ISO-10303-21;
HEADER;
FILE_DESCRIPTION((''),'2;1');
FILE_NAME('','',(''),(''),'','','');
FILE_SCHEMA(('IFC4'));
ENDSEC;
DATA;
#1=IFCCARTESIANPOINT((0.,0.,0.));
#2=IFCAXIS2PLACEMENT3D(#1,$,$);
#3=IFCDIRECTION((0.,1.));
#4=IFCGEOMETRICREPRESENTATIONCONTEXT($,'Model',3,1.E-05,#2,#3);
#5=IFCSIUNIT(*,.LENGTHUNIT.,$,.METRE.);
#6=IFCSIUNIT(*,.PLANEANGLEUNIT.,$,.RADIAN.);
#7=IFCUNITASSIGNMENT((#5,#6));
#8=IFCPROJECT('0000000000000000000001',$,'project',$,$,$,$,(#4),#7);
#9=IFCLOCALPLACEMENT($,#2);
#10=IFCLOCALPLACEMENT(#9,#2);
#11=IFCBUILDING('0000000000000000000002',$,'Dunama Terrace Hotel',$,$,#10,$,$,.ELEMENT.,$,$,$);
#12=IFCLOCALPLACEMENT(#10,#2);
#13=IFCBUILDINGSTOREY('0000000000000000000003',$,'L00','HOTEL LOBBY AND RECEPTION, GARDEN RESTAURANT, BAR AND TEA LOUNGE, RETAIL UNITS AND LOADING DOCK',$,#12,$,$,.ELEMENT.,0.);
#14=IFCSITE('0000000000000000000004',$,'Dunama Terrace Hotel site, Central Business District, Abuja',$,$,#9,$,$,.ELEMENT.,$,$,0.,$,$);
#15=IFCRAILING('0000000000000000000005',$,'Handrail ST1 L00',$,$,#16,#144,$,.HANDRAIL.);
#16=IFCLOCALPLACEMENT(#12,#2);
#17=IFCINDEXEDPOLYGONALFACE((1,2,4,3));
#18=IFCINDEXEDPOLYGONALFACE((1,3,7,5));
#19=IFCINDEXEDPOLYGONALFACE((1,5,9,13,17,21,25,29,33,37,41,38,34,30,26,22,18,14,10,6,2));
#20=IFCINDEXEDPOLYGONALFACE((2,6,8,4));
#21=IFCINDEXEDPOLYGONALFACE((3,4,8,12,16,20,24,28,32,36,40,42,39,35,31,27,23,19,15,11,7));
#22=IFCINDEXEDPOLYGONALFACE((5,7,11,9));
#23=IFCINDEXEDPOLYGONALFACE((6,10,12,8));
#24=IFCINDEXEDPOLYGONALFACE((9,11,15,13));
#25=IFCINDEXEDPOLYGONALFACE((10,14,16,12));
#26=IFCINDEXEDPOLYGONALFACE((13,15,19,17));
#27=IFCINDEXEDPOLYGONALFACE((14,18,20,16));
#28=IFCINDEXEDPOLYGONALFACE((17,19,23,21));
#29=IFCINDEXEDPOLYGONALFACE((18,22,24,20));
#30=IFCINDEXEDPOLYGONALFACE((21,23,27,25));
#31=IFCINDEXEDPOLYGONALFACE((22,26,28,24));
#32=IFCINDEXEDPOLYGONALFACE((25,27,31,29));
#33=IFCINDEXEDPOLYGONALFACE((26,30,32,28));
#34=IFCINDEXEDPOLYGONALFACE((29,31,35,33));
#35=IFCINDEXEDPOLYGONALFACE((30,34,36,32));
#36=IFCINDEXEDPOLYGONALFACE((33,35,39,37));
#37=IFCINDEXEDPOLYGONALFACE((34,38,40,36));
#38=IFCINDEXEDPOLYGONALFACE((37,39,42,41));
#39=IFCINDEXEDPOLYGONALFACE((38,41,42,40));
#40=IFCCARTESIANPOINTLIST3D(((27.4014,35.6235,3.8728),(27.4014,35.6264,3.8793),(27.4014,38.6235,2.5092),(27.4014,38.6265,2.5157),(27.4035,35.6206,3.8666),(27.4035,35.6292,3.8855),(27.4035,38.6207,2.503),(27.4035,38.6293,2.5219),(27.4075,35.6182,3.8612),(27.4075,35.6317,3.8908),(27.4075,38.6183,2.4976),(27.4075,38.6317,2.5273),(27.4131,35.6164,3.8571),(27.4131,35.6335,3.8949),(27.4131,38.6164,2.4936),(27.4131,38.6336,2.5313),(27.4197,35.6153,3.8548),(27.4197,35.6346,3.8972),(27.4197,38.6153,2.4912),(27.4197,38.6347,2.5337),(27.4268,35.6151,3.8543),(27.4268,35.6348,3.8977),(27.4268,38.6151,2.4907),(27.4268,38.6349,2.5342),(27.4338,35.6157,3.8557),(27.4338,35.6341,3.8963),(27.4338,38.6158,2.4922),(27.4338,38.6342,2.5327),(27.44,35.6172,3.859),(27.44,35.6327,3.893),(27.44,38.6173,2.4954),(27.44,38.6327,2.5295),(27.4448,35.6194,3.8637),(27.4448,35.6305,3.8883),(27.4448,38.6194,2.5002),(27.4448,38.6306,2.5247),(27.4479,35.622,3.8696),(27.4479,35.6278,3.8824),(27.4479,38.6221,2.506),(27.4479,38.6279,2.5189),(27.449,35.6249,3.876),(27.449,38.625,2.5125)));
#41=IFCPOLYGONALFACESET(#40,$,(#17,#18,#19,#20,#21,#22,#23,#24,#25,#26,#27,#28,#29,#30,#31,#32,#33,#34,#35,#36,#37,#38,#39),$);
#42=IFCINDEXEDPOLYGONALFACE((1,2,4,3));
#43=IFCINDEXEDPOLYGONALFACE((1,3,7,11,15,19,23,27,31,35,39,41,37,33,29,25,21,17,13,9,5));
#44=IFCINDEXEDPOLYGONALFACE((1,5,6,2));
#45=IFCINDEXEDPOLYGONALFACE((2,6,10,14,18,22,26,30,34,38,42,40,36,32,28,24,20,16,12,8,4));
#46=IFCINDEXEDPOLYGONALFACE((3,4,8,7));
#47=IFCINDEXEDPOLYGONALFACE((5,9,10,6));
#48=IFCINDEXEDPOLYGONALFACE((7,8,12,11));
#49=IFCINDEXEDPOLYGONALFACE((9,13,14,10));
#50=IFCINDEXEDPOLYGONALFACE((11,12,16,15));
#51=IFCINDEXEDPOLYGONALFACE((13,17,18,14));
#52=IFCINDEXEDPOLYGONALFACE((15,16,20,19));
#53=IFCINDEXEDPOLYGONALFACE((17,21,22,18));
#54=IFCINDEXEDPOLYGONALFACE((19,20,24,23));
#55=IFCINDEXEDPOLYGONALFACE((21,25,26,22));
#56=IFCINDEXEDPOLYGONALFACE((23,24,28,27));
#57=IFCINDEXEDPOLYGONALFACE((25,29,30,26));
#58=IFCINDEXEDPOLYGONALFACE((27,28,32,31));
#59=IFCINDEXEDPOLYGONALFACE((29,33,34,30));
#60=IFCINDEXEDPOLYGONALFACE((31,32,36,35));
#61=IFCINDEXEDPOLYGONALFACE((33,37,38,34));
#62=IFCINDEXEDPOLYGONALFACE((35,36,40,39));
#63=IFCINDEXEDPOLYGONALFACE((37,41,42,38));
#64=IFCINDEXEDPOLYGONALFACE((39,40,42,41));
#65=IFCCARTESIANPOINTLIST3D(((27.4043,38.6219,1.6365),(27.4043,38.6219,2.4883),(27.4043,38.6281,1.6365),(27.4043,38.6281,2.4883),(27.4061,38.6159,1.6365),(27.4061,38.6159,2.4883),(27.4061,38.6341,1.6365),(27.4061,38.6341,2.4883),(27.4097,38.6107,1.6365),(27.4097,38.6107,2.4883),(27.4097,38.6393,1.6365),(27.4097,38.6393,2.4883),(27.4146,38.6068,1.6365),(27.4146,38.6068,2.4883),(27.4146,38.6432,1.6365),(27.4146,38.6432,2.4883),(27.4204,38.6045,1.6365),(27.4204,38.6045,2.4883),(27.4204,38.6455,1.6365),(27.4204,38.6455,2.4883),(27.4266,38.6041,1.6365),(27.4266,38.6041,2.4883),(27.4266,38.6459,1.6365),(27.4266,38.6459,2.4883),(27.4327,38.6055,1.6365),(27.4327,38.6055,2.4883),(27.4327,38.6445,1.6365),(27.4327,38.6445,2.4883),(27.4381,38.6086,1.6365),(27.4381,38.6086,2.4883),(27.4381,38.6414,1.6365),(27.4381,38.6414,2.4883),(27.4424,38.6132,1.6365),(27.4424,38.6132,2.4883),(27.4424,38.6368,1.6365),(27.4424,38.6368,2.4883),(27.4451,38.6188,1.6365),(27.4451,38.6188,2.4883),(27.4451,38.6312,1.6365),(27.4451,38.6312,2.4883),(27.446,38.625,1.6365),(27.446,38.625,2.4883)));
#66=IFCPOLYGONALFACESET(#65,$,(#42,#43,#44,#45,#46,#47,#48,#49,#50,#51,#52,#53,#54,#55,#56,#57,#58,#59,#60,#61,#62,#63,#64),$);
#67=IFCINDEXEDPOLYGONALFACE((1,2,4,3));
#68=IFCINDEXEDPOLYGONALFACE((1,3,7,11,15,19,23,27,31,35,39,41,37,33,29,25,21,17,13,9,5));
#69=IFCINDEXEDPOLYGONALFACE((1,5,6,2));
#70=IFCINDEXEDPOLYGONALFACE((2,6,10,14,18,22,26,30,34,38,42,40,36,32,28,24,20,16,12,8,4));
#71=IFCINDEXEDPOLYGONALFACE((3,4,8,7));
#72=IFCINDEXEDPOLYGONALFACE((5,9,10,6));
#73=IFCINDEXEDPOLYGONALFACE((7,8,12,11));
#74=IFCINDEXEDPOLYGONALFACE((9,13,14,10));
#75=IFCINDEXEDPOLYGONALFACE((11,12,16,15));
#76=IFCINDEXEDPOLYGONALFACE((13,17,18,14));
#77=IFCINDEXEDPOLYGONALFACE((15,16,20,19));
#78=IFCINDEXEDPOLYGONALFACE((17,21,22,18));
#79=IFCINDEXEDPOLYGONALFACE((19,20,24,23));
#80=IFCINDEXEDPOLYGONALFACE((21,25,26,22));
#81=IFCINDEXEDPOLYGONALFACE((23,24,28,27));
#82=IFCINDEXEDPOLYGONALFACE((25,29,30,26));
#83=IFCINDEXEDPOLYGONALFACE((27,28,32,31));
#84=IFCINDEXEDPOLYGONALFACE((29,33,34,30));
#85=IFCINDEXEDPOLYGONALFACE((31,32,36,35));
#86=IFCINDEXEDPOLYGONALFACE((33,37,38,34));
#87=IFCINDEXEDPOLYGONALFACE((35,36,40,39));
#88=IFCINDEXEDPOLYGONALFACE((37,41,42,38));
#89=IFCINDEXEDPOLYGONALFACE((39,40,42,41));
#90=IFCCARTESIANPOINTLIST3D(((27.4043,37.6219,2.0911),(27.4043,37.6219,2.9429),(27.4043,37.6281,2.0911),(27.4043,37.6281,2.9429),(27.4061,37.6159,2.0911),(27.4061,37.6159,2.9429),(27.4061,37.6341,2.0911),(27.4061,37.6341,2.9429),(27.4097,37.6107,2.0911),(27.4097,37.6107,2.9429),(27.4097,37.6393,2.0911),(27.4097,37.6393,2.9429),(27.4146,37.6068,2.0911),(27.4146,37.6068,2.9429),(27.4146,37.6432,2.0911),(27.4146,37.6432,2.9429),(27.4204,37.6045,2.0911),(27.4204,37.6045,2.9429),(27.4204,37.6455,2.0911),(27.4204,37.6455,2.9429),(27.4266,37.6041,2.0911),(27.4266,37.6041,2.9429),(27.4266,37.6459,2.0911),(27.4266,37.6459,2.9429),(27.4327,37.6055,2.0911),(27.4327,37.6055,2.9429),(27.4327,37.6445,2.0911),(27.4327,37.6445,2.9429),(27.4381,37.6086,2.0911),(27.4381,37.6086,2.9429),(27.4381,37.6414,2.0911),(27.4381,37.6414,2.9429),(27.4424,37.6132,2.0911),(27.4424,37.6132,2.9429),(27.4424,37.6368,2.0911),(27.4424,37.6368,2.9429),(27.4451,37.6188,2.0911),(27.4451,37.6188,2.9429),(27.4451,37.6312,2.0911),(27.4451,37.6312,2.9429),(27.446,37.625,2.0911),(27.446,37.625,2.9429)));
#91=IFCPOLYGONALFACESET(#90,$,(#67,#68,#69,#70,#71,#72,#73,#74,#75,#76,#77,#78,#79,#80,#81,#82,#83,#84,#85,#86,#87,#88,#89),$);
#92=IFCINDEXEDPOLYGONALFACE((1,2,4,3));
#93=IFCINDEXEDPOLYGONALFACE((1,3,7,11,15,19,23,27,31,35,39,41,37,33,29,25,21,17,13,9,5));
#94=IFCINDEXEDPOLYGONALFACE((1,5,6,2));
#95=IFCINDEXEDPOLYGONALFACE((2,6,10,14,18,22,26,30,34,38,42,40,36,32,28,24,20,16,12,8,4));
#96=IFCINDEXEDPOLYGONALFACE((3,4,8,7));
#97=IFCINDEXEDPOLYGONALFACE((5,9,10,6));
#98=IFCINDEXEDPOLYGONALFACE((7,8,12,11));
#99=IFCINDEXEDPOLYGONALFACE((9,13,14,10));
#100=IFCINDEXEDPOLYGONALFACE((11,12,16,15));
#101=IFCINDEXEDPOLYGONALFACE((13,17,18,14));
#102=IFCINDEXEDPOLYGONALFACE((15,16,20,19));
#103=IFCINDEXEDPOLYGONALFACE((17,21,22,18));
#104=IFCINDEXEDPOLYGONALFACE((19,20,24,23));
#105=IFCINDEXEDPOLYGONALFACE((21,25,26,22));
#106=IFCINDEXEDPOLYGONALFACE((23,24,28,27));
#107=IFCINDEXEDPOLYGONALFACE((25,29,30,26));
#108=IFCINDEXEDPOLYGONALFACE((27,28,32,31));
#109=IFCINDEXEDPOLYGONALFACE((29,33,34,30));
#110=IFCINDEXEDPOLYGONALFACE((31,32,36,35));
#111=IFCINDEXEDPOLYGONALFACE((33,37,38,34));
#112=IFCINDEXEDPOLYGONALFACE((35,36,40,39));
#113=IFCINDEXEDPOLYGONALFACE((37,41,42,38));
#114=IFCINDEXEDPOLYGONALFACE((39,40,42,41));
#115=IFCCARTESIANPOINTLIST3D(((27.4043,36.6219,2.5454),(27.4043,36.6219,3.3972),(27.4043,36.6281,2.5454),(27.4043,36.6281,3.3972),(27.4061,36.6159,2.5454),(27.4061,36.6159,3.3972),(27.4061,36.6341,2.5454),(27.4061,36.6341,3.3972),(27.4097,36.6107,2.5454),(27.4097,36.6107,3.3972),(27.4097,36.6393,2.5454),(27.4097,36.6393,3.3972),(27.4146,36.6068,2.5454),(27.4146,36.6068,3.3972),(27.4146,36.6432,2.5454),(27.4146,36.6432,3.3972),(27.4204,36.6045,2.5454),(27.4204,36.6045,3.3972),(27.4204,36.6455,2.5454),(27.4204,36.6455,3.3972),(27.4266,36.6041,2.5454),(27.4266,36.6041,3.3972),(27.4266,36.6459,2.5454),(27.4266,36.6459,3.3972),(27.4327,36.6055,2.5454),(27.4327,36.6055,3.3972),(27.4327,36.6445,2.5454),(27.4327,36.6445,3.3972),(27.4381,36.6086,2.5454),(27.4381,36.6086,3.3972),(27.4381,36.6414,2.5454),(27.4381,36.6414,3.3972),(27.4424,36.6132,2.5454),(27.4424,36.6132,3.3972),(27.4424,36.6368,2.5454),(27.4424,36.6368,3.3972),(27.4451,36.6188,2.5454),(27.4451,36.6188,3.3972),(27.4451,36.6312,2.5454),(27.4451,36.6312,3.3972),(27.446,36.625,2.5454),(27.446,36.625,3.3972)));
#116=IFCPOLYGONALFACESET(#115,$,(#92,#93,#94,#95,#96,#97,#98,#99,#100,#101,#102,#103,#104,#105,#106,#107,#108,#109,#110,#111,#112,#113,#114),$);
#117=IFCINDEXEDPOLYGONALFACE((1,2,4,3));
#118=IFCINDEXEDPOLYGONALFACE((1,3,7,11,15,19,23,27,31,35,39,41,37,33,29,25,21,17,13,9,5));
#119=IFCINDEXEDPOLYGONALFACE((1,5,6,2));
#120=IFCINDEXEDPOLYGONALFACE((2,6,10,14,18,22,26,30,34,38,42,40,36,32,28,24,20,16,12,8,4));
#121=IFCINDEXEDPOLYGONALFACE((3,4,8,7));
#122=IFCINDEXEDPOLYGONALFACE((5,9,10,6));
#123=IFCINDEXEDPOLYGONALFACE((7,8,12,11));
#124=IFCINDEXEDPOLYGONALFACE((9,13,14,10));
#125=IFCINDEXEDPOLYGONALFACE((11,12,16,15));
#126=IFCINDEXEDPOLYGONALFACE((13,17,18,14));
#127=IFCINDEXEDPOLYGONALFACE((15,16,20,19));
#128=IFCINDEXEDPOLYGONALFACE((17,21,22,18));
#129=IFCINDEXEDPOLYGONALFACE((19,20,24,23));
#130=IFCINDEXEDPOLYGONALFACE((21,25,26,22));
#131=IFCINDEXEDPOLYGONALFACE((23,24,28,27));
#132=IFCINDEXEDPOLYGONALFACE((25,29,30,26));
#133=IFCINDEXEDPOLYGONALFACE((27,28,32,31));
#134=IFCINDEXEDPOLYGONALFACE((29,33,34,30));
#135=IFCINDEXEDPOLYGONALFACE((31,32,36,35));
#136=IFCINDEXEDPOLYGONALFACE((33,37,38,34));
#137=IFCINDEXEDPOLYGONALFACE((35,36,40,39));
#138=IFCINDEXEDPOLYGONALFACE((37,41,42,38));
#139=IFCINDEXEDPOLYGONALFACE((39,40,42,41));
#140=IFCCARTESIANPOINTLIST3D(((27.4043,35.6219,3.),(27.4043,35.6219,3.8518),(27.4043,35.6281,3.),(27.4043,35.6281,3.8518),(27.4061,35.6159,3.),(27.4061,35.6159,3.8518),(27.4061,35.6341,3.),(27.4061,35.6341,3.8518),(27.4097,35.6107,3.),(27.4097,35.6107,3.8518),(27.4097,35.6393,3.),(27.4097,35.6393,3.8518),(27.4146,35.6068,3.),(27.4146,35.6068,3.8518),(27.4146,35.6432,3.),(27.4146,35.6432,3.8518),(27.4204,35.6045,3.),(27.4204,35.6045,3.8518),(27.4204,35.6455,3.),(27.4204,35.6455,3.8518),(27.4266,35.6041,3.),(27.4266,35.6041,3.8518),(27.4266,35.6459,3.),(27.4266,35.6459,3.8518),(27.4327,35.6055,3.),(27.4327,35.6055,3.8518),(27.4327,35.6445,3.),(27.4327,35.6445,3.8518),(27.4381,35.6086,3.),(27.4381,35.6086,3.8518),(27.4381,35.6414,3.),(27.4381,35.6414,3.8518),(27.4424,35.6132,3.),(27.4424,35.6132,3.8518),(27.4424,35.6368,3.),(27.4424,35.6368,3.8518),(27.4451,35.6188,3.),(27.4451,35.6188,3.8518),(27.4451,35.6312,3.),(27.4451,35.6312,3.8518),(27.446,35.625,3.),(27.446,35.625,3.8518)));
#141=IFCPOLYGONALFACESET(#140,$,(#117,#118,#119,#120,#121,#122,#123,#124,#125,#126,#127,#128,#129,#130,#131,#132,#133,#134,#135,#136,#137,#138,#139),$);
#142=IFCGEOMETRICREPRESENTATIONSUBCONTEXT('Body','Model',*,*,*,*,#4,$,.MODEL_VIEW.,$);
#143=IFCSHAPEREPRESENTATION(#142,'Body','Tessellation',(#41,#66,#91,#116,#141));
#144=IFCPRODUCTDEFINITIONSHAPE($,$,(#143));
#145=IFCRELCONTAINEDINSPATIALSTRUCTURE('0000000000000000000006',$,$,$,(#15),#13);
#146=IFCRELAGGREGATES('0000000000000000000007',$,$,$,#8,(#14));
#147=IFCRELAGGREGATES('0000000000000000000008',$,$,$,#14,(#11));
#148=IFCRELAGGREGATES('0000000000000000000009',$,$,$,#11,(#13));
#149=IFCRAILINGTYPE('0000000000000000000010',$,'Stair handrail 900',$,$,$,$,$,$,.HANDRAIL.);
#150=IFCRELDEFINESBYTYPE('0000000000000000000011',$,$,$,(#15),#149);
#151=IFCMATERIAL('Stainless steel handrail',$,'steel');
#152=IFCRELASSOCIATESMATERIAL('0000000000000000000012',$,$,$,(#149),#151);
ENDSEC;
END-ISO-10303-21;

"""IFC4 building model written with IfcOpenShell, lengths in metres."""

from ifc_helpers import new_model, si_unit, direction, frame, origin, origin_2d, place, context, subcontext, project, spatial, circle, extrude, material, type_object, element, save


model = new_model("IFC4")

# Units and contexts
model_context = context("Model", 3, precision=1e-05, world=origin(), true_north=direction((0.0, 1.0)))
body_context = subcontext(model_context, "Body", "Model", "MODEL_VIEW")
ifc_project = project(units=[si_unit("LENGTHUNIT", "METRE"), si_unit("PLANEANGLEUNIT", "RADIAN")], contexts=[model_context])

# Site, building, storey
site_placement = place(None, origin())
site = spatial("IfcSite", under=ifc_project, at=site_placement, Name="Dunama Terrace Hotel site, Central Business District, Abuja", CompositionType="ELEMENT", RefElevation=0.0)
building_placement = place(site_placement, origin())
building = spatial("IfcBuilding", under=site, at=building_placement, Name="Dunama Terrace Hotel", CompositionType="ELEMENT")
storey_placement = place(building_placement, origin())
storey = spatial("IfcBuildingStorey", under=building, at=storey_placement, Name="L00", Description="HOTEL LOBBY AND RECEPTION, GARDEN RESTAURANT, BAR AND TEA LOUNGE, RETAIL UNITS AND LOADING DOCK", CompositionType="ELEMENT", Elevation=0.0)

# Railing
ifc_material_1 = material(Name="Stainless steel handrail", Category="steel")
railing_type = type_object("IfcRailingType", Name="Stair handrail 900", PredefinedType="HANDRAIL", material=ifc_material_1)
railing_1_placement = place(storey_placement, frame((27.425, 38.625, 1.6365)))
element("IfcRailing", 1, at=railing_1_placement, inside=storey, type_object=railing_type, Name="Handrail ST1 L00", PredefinedType="HANDRAIL", context=body_context, shape_type="SweptSolid", body=[
    extrude(circle(Radius=0.0239, at=origin_2d()), frame((0.0, 0.0, 0.876), z_axis=(0.0, -0.910379, 0.413775), x_axis=(1.0, 0.0, 0.0)), (0.0, 0.0, 1.0), 3.2954),
    extrude(circle(Radius=0.021, at=origin_2d()), origin(), (0.0, 0.0, 1.0), 0.8518),
    extrude(circle(Radius=0.021, at=origin_2d()), frame((0.0, -1.0, 0.4546)), (0.0, 0.0, 1.0), 0.8518),
    extrude(circle(Radius=0.021, at=origin_2d()), frame((0.0, -2.0, 0.9089)), (0.0, 0.0, 1.0), 0.8518),
    extrude(circle(Radius=0.021, at=origin_2d()), frame((0.0, -3.0, 1.3635)), (0.0, 0.0, 1.0), 0.8518),
])

save(model, "model.ifc")
